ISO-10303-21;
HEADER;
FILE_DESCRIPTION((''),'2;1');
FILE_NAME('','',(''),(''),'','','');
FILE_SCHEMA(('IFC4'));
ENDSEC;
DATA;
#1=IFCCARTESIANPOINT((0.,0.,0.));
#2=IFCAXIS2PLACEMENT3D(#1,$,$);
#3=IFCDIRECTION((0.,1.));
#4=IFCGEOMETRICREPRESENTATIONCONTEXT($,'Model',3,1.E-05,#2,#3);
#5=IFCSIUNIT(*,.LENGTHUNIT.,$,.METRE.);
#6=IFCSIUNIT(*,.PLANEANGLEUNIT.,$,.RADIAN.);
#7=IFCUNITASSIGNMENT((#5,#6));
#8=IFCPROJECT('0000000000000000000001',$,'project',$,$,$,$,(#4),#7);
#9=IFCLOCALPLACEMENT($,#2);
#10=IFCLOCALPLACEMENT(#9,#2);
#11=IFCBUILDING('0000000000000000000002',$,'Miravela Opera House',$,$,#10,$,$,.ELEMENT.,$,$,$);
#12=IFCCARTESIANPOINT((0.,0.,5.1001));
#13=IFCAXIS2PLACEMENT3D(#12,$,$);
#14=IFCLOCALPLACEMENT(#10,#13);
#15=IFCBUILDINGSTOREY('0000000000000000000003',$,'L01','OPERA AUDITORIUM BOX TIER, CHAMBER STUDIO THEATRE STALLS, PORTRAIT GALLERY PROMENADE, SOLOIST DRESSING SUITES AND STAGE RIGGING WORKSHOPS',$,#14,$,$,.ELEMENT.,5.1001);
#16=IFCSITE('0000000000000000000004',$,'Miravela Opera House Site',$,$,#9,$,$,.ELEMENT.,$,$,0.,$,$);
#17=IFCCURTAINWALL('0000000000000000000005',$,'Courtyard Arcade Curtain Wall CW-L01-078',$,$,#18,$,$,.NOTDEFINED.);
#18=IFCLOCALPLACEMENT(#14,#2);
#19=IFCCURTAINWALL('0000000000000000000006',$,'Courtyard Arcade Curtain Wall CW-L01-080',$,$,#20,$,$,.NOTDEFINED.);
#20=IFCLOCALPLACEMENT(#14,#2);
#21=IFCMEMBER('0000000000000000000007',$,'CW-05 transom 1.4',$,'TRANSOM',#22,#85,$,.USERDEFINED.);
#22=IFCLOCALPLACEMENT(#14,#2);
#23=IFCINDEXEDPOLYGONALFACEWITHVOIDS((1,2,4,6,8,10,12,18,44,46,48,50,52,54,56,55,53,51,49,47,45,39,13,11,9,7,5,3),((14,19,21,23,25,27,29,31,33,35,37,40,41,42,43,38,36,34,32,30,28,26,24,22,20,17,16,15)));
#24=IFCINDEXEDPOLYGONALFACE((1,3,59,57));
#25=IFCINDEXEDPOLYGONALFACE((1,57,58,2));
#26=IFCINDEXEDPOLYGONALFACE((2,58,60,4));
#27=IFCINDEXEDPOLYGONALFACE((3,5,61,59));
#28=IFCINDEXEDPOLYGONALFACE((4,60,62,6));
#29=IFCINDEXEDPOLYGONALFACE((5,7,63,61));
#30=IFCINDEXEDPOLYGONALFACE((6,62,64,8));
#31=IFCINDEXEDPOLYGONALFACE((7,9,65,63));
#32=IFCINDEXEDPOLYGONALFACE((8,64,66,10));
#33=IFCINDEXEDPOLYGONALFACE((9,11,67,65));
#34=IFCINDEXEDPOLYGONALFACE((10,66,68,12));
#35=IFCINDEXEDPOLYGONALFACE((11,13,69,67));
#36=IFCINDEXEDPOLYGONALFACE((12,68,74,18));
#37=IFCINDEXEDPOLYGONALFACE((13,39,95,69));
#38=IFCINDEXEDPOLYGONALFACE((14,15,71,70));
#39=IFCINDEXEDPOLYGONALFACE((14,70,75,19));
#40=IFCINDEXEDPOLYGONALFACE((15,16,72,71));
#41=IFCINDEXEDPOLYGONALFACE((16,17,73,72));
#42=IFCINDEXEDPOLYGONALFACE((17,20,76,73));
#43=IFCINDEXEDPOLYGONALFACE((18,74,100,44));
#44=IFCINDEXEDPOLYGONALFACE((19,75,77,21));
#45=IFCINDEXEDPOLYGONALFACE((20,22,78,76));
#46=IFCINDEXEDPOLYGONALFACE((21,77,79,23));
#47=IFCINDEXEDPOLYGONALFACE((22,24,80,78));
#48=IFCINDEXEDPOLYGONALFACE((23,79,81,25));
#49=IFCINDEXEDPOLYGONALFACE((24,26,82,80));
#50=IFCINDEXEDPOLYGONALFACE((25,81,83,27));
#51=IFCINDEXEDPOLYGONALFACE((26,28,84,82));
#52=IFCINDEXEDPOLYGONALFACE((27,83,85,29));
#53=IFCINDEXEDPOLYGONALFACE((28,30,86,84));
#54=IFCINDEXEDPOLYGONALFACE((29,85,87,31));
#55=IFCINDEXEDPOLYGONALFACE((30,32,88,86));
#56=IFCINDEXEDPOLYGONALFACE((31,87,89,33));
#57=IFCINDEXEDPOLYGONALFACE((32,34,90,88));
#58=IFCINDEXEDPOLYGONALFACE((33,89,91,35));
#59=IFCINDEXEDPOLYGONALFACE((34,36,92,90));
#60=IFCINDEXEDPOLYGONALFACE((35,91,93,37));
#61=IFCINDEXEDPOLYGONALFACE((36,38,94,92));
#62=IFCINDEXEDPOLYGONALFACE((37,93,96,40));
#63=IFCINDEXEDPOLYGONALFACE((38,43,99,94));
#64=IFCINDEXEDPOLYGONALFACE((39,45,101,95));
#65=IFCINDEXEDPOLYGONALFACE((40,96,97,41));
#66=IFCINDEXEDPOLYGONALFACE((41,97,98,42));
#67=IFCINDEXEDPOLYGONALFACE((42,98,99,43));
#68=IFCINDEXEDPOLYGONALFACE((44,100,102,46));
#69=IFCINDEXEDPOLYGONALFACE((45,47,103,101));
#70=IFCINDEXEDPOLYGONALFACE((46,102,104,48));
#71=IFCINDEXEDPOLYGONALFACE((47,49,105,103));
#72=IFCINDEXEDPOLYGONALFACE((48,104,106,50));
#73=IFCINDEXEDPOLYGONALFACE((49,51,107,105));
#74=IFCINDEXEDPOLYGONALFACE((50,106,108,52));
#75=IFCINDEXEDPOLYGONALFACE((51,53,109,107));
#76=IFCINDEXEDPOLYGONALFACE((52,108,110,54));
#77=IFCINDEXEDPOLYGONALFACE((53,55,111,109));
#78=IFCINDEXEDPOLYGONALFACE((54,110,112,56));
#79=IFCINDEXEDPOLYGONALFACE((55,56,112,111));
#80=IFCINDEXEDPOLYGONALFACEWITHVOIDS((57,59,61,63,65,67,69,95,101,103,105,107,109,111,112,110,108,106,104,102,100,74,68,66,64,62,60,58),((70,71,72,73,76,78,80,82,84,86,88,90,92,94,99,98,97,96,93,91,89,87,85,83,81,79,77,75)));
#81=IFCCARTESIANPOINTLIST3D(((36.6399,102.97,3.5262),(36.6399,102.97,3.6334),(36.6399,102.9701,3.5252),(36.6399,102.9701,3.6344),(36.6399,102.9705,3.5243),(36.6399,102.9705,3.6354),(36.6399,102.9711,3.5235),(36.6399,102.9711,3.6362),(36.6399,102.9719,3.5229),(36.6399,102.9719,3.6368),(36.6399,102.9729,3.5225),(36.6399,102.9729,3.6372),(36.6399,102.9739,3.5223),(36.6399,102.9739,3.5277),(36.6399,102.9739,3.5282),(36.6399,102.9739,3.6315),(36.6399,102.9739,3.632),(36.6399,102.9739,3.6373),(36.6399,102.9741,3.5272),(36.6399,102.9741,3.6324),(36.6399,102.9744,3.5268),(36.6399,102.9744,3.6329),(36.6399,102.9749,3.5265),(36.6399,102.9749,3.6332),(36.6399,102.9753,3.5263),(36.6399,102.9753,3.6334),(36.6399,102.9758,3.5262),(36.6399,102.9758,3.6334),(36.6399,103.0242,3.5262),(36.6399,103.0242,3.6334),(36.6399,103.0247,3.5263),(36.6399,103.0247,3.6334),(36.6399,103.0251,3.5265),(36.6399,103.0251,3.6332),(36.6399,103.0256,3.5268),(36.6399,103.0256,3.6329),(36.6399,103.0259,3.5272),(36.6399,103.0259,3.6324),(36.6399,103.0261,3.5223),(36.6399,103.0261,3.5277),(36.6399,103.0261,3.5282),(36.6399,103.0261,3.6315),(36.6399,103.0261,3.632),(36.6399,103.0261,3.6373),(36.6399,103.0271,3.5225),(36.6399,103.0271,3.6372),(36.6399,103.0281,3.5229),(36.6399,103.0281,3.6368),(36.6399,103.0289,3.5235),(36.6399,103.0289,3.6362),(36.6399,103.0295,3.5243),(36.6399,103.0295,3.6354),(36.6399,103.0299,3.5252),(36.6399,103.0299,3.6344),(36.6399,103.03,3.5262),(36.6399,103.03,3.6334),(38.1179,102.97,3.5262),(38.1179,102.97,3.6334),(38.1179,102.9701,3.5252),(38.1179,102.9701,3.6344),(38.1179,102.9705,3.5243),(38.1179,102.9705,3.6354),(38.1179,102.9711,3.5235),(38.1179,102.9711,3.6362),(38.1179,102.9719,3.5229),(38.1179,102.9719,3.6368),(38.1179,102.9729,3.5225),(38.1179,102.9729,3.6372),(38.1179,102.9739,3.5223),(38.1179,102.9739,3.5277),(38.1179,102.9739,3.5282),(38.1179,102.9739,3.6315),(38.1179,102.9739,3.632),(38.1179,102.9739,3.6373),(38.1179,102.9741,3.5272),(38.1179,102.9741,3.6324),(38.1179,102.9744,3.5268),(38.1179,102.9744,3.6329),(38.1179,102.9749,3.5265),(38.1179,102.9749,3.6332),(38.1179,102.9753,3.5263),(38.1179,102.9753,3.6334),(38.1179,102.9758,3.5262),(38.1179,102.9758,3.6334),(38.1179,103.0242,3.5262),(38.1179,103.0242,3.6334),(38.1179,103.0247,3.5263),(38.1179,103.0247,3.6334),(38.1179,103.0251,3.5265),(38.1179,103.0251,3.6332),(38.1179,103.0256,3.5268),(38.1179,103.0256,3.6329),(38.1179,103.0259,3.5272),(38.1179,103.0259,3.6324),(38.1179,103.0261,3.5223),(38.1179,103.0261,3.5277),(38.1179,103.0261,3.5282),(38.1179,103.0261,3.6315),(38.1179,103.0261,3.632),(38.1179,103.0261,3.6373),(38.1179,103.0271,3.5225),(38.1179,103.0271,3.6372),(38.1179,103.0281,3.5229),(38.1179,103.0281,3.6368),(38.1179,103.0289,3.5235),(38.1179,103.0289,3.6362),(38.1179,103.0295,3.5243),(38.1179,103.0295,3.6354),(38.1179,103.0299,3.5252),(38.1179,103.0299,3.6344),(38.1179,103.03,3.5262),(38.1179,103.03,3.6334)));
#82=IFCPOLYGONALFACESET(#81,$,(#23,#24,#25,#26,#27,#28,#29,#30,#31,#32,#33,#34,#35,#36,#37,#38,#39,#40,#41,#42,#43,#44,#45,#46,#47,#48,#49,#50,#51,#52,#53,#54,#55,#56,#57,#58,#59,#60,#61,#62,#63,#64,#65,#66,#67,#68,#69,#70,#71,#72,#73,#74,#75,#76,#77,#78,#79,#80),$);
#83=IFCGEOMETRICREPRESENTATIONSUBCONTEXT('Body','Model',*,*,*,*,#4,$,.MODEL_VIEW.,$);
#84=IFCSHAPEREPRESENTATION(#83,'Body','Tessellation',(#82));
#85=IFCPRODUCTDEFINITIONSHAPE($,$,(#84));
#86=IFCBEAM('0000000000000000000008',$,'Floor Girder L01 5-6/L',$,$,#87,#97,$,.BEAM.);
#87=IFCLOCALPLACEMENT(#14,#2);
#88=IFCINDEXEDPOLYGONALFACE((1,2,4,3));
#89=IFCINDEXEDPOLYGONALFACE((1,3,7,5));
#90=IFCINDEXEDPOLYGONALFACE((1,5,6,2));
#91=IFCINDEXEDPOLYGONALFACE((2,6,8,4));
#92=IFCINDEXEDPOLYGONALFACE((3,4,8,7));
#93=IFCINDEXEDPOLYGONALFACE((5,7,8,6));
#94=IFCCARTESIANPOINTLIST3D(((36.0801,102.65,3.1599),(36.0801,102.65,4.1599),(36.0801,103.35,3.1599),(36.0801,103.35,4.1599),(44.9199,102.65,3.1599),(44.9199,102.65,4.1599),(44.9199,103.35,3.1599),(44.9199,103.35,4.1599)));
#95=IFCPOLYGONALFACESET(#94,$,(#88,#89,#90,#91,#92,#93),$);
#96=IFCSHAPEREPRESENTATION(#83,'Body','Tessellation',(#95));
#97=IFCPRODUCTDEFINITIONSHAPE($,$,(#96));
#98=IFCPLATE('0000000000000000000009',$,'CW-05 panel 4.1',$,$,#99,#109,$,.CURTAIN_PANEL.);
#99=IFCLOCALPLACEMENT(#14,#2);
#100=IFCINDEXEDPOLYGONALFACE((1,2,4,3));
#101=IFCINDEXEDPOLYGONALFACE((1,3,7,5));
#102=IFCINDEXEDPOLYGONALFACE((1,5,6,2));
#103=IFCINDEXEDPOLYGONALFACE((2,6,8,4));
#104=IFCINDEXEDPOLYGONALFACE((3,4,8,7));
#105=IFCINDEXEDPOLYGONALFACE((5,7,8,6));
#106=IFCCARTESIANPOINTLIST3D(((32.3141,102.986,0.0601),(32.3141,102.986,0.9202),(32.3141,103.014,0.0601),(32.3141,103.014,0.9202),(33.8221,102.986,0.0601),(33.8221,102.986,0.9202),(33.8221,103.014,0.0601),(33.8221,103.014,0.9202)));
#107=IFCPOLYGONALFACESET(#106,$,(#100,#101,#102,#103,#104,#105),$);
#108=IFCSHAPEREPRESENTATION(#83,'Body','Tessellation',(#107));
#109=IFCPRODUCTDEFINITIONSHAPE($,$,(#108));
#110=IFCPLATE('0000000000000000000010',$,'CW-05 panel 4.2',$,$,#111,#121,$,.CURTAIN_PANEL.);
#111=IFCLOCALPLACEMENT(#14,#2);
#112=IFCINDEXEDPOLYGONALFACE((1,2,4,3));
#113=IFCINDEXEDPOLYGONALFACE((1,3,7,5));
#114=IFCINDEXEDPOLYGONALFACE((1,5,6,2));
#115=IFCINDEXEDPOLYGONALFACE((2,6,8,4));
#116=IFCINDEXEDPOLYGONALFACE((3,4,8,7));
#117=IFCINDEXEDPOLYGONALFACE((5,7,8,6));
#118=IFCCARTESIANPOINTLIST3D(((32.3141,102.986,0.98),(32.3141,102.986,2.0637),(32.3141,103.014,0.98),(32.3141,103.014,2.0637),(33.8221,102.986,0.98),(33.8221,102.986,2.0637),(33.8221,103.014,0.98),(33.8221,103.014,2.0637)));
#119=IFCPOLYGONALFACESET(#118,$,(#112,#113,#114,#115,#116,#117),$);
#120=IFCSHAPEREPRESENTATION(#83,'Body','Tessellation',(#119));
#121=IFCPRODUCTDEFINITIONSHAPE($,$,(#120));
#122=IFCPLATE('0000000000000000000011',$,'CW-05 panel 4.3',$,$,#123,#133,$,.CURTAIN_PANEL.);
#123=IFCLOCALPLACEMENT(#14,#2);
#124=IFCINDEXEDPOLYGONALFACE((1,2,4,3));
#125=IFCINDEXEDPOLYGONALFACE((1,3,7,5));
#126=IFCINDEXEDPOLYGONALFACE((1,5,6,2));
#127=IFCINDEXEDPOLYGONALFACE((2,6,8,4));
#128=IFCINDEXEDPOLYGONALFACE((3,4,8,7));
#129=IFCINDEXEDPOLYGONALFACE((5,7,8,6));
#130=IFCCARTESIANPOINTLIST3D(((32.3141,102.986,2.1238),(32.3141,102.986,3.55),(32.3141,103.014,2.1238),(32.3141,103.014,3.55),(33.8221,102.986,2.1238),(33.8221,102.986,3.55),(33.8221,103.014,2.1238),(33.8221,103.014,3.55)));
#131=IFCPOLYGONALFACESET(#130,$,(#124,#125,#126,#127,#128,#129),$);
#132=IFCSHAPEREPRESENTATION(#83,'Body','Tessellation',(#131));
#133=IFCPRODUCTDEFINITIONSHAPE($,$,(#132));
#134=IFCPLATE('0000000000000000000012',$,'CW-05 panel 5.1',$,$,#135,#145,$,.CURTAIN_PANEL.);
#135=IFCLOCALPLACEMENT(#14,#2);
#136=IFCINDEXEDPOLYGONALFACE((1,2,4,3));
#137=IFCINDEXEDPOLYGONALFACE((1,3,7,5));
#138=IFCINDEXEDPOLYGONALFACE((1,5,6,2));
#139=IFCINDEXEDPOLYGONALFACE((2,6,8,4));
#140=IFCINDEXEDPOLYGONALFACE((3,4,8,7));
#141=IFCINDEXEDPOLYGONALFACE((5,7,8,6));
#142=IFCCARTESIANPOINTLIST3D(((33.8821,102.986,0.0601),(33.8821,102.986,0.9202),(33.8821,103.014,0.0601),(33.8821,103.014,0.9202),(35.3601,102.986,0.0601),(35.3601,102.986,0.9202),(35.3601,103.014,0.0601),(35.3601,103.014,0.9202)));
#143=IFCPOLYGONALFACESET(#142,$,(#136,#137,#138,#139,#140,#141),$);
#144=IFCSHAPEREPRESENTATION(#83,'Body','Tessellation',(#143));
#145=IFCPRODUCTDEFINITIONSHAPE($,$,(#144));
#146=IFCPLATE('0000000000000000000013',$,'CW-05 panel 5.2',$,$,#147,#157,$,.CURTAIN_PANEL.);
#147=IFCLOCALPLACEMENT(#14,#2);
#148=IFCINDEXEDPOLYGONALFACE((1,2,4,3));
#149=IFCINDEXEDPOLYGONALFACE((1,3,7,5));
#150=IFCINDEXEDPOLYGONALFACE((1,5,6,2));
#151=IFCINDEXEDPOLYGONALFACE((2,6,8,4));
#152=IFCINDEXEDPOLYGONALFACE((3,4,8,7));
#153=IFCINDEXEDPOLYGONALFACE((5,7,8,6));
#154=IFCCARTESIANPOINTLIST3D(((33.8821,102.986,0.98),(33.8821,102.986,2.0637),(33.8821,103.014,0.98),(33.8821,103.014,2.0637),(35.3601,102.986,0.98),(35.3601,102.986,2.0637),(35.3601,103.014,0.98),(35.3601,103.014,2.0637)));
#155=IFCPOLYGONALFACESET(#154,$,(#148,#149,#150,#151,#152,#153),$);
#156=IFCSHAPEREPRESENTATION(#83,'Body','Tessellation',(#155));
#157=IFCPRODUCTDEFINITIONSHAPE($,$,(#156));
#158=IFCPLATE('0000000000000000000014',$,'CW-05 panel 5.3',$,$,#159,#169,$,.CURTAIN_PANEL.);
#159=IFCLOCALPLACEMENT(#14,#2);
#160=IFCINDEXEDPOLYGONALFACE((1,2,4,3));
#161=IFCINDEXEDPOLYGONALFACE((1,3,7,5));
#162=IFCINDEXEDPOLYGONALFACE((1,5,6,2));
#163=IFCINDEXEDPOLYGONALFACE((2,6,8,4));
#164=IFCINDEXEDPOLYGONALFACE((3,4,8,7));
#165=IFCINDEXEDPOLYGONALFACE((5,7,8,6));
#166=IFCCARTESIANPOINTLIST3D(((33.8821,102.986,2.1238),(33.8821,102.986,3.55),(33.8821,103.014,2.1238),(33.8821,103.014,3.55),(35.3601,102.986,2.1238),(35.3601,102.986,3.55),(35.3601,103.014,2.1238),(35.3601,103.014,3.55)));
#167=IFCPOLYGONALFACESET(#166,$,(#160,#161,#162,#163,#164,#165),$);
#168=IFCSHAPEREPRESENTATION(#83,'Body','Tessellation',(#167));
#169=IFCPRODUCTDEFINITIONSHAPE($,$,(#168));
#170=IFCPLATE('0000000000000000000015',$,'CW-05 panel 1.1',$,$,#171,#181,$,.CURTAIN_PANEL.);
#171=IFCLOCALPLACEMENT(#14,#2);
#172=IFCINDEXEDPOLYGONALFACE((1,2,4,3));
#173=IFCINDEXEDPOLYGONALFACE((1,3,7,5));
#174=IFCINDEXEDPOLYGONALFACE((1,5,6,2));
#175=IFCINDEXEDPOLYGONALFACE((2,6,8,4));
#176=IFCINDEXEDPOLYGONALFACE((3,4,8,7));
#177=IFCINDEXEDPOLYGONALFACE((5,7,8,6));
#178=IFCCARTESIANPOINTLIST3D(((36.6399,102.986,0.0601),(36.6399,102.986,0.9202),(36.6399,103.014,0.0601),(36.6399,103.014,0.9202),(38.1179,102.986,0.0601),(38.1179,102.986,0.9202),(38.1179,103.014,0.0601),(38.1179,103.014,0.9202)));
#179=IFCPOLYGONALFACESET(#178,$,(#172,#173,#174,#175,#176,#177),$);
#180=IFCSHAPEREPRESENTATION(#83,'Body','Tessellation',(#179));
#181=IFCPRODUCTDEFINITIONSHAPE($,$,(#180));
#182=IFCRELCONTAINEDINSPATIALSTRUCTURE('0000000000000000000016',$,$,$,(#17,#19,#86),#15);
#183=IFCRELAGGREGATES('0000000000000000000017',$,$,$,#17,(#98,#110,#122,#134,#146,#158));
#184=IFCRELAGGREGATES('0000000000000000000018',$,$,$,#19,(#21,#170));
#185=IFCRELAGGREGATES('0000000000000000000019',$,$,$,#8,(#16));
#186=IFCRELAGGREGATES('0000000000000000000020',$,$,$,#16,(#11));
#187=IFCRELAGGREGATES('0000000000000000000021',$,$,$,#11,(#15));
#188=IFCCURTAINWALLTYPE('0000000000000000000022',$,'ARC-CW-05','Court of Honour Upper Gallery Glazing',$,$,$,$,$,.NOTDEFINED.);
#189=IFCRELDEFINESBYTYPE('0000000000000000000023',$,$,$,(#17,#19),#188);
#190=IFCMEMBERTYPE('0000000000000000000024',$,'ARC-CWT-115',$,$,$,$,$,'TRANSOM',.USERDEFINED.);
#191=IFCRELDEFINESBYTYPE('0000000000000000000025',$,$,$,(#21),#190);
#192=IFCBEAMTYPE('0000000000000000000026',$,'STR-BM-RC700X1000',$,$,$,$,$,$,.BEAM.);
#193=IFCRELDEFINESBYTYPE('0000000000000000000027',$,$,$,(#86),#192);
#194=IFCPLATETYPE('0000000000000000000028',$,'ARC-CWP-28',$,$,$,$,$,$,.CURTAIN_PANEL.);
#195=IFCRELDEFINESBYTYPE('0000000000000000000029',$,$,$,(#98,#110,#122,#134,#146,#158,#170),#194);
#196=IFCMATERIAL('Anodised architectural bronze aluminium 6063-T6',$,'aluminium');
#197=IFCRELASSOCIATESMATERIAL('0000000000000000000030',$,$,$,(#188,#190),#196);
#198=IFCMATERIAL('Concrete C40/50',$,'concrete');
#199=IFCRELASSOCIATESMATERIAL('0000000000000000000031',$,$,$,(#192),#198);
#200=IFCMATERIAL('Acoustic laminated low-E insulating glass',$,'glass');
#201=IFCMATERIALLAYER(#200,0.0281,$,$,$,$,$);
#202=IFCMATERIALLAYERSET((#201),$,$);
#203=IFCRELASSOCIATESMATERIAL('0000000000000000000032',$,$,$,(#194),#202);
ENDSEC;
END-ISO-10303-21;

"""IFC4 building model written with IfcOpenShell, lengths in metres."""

from ifc_helpers import new_model, si_unit, direction, frame, origin, origin_2d, place, context, subcontext, project, spatial, rectangle, hollow_rectangle, extrude, material, layer, layer_set, material_profile, profile_set, type_object, element, aggregate, save


model = new_model("IFC4")

# Units and contexts
model_context = context("Model", 3, precision=1e-05, world=origin(), true_north=direction((0.0, 1.0)))
body_context = subcontext(model_context, "Body", "Model", "MODEL_VIEW")
ifc_project = project(units=[si_unit("LENGTHUNIT", "METRE"), si_unit("PLANEANGLEUNIT", "RADIAN")], contexts=[model_context])

# Site, building, storey
site_placement = place(None, origin())
site = spatial("IfcSite", under=ifc_project, at=site_placement, Name="Miravela Opera House Site", CompositionType="ELEMENT", RefElevation=0.0)
building_placement = place(site_placement, origin())
building = spatial("IfcBuilding", under=site, at=building_placement, Name="Miravela Opera House", CompositionType="ELEMENT")
storey_placement = place(building_placement, frame((0.0, 0.0, 5.1001)))
storey = spatial("IfcBuildingStorey", under=building, at=storey_placement, Name="L01", Description="OPERA AUDITORIUM BOX TIER, CHAMBER STUDIO THEATRE STALLS, PORTRAIT GALLERY PROMENADE, SOLOIST DRESSING SUITES AND STAGE RIGGING WORKSHOPS", CompositionType="ELEMENT", Elevation=5.1001)

# Curtain wall
ifc_material_1 = material(Name="Anodised architectural bronze aluminium 6063-T6", Category="aluminium")
curtain_wall_type = type_object("IfcCurtainWallType", Name="ARC-CW-05", Description="Court of Honour Upper Gallery Glazing", PredefinedType="NOTDEFINED", material=ifc_material_1)
curtain_wall_1_placement = place(storey_placement, origin())
curtain_wall_1 = element("IfcCurtainWall", 1, at=curtain_wall_1_placement, inside=storey, type_object=curtain_wall_type, Name="Courtyard Arcade Curtain Wall CW-L01-078", PredefinedType="NOTDEFINED")

# Curtain wall
curtain_wall_2_placement = place(storey_placement, origin())
curtain_wall_2 = element("IfcCurtainWall", 2, at=curtain_wall_2_placement, inside=storey, type_object=curtain_wall_type, Name="Courtyard Arcade Curtain Wall CW-L01-080", PredefinedType="NOTDEFINED")

# Member
ifc_material_profile_1 = material_profile(ifc_material_1, hollow_rectangle(XDim=0.0601, YDim=0.115, WallThickness=0.0039, InnerFilletRadius=0.002, OuterFilletRadius=0.0039, at=origin_2d()), Name="CWT-60X115")
ifc_profile_set_1 = profile_set([ifc_material_profile_1])
member_type_1 = type_object("IfcMemberType", Name="ARC-CWT-115", ElementType="TRANSOM", PredefinedType="USERDEFINED", material=ifc_profile_set_1)
member_1_placement = place(storey_placement, frame((36.6399, 103.0, 3.5798), z_axis=(1.0, 0.0, 0.0), x_axis=(0.0, 1.0, 0.0)))
member_1 = element("IfcMember", 3, at=member_1_placement, type_object=member_type_1, Name="CW-05 transom 1.4", ObjectType="TRANSOM", PredefinedType="USERDEFINED", context=body_context, shape_type="SweptSolid", body=[
    extrude(hollow_rectangle(XDim=0.0601, YDim=0.115, WallThickness=0.0039, InnerFilletRadius=0.002, OuterFilletRadius=0.0039, at=origin_2d()), origin(), (0.0, 0.0, 1.0), 1.478),
])

# Beam
ifc_material_2 = material(Name="Concrete C40/50", Category="concrete")
ifc_material_profile_2 = material_profile(ifc_material_2, rectangle(XDim=0.7, YDim=1.0, at=origin_2d()), Name="RC-BM-700X1000")
ifc_profile_set_2 = profile_set([ifc_material_profile_2])
beam_type = type_object("IfcBeamType", Name="STR-BM-RC700X1000", PredefinedType="BEAM", material=ifc_profile_set_2)
beam_placement = place(storey_placement, frame((36.0801, 103.0, 3.6599), z_axis=(1.0, 0.0, 0.0), x_axis=(0.0, 1.0, 0.0)))
element("IfcBeam", 4, at=beam_placement, inside=storey, type_object=beam_type, Name="Floor Girder L01 5-6/L", PredefinedType="BEAM", context=body_context, shape_type="SweptSolid", body=[
    extrude(rectangle(XDim=0.7, YDim=1.0, at=origin_2d()), origin(), (0.0, 0.0, 1.0), 8.8398),
])

# Plates
ifc_material_3 = material(Name="Acoustic laminated low-E insulating glass", Category="glass")
ifc_layer = layer(ifc_material_3, 0.0281)
ifc_layer_set = layer_set([ifc_layer])
plate_type = type_object("IfcPlateType", Name="ARC-CWP-28", PredefinedType="CURTAIN_PANEL", material=ifc_layer_set)
plate_1_placement = place(storey_placement, frame((33.0681, 103.0, 0.0601), z_axis=(0.0, 0.0, 1.0), x_axis=(1.0, 0.0, 0.0)))
plate_1 = element("IfcPlate", 5, at=plate_1_placement, type_object=plate_type, Name="CW-05 panel 4.1", PredefinedType="CURTAIN_PANEL", context=body_context, shape_type="SweptSolid", body=[
    extrude(rectangle(XDim=1.5081, YDim=0.0281, at=origin_2d()), origin(), (0.0, 0.0, 1.0), 0.8601),
])
plate_2_placement = place(storey_placement, frame((33.0681, 103.0, 0.98), z_axis=(0.0, 0.0, 1.0), x_axis=(1.0, 0.0, 0.0)))
plate_2 = element("IfcPlate", 6, at=plate_2_placement, type_object=plate_type, Name="CW-05 panel 4.2", PredefinedType="CURTAIN_PANEL", context=body_context, shape_type="SweptSolid", body=[
    extrude(rectangle(XDim=1.5081, YDim=0.0281, at=origin_2d()), origin(), (0.0, 0.0, 1.0), 1.0837),
])
plate_3_placement = place(storey_placement, frame((33.0681, 103.0, 2.1238), z_axis=(0.0, 0.0, 1.0), x_axis=(1.0, 0.0, 0.0)))
plate_3 = element("IfcPlate", 7, at=plate_3_placement, type_object=plate_type, Name="CW-05 panel 4.3", PredefinedType="CURTAIN_PANEL", context=body_context, shape_type="SweptSolid", body=[
    extrude(rectangle(XDim=1.5081, YDim=0.0281, at=origin_2d()), origin(), (0.0, 0.0, 1.0), 1.4263),
])
plate_4_placement = place(storey_placement, frame((34.6211, 103.0, 0.0601), z_axis=(0.0, 0.0, 1.0), x_axis=(1.0, 0.0, 0.0)))
plate_4 = element("IfcPlate", 8, at=plate_4_placement, type_object=plate_type, Name="CW-05 panel 5.1", PredefinedType="CURTAIN_PANEL", context=body_context, shape_type="SweptSolid", body=[
    extrude(rectangle(XDim=1.478, YDim=0.0281, at=origin_2d()), origin(), (0.0, 0.0, 1.0), 0.8601),
])
plate_5_placement = place(storey_placement, frame((34.6211, 103.0, 0.98), z_axis=(0.0, 0.0, 1.0), x_axis=(1.0, 0.0, 0.0)))
plate_5 = element("IfcPlate", 9, at=plate_5_placement, type_object=plate_type, Name="CW-05 panel 5.2", PredefinedType="CURTAIN_PANEL", context=body_context, shape_type="SweptSolid", body=[
    extrude(rectangle(XDim=1.478, YDim=0.0281, at=origin_2d()), origin(), (0.0, 0.0, 1.0), 1.0837),
])
plate_6_placement = place(storey_placement, frame((34.6211, 103.0, 2.1238), z_axis=(0.0, 0.0, 1.0), x_axis=(1.0, 0.0, 0.0)))
plate_6 = element("IfcPlate", 10, at=plate_6_placement, type_object=plate_type, Name="CW-05 panel 5.3", PredefinedType="CURTAIN_PANEL", context=body_context, shape_type="SweptSolid", body=[
    extrude(rectangle(XDim=1.478, YDim=0.0281, at=origin_2d()), origin(), (0.0, 0.0, 1.0), 1.4263),
])
aggregate(curtain_wall_1, [plate_1, plate_2, plate_3, plate_4, plate_5, plate_6])
plate_7_placement = place(storey_placement, frame((37.3789, 103.0, 0.0601), z_axis=(0.0, 0.0, 1.0), x_axis=(1.0, 0.0, 0.0)))
plate_7 = element("IfcPlate", 11, at=plate_7_placement, type_object=plate_type, Name="CW-05 panel 1.1", PredefinedType="CURTAIN_PANEL", context=body_context, shape_type="SweptSolid", body=[
    extrude(rectangle(XDim=1.478, YDim=0.0281, at=origin_2d()), origin(), (0.0, 0.0, 1.0), 0.8601),
])
aggregate(curtain_wall_2, [member_1, plate_7])

save(model, "model.ifc")
